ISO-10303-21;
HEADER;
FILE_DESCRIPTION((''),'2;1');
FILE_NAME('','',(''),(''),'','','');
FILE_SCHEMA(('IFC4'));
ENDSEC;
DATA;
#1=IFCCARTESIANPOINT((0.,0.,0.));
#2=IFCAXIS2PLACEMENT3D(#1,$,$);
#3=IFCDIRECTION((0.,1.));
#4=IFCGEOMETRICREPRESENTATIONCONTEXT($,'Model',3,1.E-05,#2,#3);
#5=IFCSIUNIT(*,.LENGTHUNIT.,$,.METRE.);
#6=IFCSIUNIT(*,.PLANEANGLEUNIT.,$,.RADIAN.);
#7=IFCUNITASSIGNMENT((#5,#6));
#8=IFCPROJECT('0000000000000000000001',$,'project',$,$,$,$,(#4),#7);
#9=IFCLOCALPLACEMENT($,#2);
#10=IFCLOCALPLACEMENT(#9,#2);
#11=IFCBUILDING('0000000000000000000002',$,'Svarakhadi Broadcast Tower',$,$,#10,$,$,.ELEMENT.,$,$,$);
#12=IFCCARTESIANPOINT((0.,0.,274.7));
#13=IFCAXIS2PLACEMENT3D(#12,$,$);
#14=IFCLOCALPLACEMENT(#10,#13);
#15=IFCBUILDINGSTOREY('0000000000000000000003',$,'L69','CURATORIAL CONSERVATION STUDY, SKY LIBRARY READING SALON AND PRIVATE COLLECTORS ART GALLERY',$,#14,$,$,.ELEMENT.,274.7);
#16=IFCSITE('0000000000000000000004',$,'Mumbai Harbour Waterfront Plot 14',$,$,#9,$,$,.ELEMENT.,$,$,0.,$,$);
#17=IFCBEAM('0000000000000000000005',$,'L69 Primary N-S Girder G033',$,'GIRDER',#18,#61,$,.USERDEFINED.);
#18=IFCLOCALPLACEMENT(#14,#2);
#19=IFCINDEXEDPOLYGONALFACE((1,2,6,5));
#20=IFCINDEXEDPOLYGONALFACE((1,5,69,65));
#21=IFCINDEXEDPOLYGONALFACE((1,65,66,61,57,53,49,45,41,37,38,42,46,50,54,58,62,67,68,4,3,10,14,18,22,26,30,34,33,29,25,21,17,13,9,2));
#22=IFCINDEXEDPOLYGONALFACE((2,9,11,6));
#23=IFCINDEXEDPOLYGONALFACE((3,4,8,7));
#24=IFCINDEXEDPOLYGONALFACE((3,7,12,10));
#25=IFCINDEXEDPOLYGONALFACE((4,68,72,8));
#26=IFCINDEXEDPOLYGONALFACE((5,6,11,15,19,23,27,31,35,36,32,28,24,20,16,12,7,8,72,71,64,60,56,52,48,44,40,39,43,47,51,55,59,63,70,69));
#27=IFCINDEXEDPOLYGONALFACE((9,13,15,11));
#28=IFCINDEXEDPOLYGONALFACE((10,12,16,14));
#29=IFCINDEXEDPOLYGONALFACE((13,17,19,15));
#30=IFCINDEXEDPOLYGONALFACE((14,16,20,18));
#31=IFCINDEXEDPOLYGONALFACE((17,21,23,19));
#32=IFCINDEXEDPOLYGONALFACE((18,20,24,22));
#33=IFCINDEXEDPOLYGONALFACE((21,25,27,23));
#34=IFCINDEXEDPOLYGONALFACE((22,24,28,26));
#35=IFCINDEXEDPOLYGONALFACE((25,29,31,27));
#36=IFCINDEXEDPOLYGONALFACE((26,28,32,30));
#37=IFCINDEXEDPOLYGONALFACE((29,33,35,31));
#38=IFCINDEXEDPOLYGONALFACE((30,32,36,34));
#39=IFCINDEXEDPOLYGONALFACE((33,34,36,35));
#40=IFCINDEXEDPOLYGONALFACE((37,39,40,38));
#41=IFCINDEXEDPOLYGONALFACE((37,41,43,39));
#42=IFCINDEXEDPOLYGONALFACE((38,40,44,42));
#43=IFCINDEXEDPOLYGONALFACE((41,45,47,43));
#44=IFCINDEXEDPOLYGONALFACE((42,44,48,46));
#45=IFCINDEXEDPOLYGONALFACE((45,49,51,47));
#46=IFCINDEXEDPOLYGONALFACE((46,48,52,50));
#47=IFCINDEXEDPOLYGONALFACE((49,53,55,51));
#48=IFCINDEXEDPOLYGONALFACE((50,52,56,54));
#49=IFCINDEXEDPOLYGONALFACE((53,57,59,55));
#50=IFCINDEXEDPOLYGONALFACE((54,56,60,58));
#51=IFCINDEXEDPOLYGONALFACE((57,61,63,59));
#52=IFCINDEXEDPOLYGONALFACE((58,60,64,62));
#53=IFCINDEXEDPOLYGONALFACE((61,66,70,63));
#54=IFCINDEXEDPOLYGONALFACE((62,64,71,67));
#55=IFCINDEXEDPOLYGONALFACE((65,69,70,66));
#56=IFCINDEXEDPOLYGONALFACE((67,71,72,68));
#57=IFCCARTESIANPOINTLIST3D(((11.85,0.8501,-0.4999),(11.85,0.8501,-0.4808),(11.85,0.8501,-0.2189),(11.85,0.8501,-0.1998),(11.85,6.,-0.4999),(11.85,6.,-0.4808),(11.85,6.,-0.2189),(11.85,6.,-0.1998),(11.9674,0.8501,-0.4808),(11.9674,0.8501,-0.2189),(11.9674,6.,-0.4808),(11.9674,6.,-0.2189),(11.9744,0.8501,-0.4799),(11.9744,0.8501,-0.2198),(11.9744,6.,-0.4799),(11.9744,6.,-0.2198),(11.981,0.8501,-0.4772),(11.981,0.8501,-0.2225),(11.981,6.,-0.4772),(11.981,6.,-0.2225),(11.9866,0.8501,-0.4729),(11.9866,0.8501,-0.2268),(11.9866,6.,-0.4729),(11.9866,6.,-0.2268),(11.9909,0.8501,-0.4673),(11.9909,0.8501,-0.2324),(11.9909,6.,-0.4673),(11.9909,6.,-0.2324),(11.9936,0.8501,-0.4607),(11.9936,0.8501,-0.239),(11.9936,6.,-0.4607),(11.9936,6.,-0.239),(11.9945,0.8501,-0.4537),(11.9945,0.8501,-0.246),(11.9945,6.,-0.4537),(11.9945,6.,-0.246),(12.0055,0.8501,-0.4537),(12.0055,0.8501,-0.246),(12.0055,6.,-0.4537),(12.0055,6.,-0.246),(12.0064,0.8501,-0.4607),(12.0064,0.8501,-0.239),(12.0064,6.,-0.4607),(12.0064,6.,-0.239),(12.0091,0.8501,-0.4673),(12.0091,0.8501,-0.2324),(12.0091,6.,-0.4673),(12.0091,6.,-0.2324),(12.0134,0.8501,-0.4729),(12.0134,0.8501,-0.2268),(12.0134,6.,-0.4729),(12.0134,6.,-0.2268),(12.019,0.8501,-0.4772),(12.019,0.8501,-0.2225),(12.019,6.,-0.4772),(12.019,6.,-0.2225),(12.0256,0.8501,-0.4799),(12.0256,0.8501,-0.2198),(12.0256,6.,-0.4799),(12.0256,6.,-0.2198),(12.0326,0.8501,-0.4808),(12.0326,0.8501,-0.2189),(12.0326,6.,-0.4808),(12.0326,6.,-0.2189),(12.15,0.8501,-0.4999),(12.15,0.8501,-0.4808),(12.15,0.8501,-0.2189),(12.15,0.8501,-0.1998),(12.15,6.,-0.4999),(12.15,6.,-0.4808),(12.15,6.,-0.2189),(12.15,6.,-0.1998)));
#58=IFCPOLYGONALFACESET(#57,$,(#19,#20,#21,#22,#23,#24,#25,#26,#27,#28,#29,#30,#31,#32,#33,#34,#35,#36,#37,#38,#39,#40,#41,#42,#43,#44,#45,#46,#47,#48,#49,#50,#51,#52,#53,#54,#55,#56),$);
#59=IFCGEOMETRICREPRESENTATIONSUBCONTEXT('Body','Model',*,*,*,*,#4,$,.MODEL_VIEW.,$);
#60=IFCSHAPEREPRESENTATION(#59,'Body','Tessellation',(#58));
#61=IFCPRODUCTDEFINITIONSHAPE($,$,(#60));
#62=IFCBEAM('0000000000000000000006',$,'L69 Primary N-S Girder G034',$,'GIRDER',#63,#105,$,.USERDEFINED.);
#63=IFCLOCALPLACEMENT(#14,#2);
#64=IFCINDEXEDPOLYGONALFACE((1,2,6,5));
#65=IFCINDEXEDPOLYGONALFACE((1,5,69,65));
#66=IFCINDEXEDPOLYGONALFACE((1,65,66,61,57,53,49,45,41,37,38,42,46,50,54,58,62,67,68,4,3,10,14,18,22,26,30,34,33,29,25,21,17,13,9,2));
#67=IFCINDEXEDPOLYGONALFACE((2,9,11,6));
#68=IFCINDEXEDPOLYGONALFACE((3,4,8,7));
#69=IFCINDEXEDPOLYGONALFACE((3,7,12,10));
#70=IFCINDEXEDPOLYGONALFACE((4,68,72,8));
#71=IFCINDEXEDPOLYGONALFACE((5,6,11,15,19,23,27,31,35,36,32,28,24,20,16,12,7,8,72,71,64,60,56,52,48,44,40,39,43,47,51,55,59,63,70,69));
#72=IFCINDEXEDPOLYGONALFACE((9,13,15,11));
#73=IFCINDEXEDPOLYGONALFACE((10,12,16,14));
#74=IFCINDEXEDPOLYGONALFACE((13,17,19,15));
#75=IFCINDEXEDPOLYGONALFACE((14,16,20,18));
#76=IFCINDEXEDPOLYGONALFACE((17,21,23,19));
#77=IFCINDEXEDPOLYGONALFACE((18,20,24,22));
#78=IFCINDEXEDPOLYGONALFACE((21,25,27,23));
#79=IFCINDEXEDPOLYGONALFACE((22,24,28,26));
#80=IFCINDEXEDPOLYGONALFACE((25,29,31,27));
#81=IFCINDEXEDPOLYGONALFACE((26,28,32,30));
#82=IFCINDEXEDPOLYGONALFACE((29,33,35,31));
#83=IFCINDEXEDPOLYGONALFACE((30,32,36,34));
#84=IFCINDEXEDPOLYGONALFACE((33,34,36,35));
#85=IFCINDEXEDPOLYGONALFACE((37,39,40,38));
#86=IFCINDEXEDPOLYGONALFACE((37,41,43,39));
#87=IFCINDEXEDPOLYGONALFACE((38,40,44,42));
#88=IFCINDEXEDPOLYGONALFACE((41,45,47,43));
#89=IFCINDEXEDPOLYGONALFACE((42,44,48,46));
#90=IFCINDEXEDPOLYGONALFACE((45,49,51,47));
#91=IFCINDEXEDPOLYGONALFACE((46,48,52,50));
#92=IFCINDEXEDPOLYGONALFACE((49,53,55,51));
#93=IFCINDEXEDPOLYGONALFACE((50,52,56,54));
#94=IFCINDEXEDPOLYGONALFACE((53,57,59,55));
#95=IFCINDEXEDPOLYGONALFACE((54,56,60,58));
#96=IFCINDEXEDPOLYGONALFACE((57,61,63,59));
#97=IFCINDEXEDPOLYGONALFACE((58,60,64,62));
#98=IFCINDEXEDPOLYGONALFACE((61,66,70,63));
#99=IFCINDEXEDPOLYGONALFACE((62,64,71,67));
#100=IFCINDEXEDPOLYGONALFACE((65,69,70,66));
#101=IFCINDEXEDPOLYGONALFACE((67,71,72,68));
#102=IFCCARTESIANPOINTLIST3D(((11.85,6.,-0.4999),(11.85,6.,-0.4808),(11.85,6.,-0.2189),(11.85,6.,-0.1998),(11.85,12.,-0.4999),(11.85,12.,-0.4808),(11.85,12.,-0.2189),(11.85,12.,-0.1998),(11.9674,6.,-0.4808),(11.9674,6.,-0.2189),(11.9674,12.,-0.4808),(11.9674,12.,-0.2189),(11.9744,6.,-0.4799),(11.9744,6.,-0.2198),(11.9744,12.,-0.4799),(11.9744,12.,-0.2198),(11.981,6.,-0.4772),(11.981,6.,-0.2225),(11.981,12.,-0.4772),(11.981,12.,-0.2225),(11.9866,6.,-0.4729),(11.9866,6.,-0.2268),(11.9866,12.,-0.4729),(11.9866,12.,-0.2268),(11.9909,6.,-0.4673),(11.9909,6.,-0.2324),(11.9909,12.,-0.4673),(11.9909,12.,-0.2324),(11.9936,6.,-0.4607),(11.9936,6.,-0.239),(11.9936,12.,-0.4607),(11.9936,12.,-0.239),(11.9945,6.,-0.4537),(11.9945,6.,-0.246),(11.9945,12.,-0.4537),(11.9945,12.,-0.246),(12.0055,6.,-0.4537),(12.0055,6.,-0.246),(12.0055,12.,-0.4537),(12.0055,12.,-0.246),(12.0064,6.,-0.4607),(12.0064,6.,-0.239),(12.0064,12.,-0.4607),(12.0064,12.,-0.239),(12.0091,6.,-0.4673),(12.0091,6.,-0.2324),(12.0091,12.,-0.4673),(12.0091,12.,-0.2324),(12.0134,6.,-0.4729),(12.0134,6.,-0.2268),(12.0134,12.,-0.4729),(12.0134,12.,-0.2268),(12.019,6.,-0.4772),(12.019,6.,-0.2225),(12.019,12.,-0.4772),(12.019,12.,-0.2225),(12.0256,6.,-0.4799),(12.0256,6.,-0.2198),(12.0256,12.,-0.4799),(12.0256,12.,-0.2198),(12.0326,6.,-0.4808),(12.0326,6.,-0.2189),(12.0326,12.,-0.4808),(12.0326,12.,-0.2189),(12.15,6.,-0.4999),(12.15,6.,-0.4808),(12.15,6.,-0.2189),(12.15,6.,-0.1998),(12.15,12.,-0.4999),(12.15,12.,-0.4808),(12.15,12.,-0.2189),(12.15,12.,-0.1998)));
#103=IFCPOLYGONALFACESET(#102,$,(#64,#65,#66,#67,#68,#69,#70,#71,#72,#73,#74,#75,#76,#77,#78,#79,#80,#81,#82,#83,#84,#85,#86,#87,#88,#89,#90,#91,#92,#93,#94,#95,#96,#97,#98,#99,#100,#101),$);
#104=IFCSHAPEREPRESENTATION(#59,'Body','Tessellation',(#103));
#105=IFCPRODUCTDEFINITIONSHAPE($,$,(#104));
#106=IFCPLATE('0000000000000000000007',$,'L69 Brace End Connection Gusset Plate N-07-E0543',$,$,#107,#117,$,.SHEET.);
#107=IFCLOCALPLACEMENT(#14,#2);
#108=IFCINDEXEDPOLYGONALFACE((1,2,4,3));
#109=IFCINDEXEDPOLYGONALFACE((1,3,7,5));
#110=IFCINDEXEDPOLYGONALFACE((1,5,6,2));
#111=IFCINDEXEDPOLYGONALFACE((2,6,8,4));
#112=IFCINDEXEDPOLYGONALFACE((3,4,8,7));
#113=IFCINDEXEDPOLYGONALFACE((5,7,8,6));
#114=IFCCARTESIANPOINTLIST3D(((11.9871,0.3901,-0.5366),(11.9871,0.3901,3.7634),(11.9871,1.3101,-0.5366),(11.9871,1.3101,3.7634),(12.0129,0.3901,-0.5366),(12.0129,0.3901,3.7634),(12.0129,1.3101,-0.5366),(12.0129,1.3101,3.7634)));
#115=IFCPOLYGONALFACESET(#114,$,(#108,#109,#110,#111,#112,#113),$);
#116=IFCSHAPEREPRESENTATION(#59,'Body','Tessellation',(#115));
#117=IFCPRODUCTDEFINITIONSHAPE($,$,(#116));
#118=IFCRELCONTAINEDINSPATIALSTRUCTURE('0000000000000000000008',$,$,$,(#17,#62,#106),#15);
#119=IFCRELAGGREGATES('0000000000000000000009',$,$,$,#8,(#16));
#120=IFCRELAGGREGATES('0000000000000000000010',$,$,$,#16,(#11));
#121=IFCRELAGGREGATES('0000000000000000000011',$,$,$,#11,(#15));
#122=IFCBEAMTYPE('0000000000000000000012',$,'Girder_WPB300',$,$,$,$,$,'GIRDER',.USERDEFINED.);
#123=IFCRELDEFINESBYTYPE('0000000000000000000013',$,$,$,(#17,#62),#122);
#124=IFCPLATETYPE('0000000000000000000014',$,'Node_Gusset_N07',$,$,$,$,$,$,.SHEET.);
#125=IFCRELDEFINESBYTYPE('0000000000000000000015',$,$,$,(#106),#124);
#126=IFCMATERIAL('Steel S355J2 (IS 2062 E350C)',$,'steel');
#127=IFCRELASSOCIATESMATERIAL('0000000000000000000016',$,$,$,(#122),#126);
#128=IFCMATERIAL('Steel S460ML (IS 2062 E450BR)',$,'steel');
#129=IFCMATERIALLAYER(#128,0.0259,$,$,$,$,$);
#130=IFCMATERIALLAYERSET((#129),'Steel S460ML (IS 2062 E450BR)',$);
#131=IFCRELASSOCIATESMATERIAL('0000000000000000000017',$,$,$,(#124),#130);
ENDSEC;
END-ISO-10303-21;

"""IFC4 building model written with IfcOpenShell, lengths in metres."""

from ifc_helpers import new_model, si_unit, direction, frame, origin, origin_2d, place, context, subcontext, project, spatial, rectangle, i_section, extrude, material, layer, layer_set, material_profile, profile_set, type_object, element, save


model = new_model("IFC4")

# Units and contexts
model_context = context("Model", 3, precision=1e-05, world=origin(), true_north=direction((0.0, 1.0)))
body_context = subcontext(model_context, "Body", "Model", "MODEL_VIEW")
ifc_project = project(units=[si_unit("LENGTHUNIT", "METRE"), si_unit("PLANEANGLEUNIT", "RADIAN")], contexts=[model_context])

# Site, building, storey
site_placement = place(None, origin())
site = spatial("IfcSite", under=ifc_project, at=site_placement, Name="Mumbai Harbour Waterfront Plot 14", CompositionType="ELEMENT", RefElevation=0.0)
building_placement = place(site_placement, origin())
building = spatial("IfcBuilding", under=site, at=building_placement, Name="Svarakhadi Broadcast Tower", CompositionType="ELEMENT")
storey_placement = place(building_placement, frame((0.0, 0.0, 274.7)))
storey = spatial("IfcBuildingStorey", under=building, at=storey_placement, Name="L69", Description="CURATORIAL CONSERVATION STUDY, SKY LIBRARY READING SALON AND PRIVATE COLLECTORS ART GALLERY", CompositionType="ELEMENT", Elevation=274.7)

# Shared definitions
ifc_material_1 = material(Name="Steel S460ML (IS 2062 E450BR)", Category="steel")

# Beams
ifc_material_2 = material(Name="Steel S355J2 (IS 2062 E350C)", Category="steel")
ifc_material_profile_1 = material_profile(ifc_material_2, i_section(OverallWidth=0.3, OverallDepth=0.3, WebThickness=0.011, FlangeThickness=0.019, FilletRadius=0.0271, at=origin_2d()), Name="WPB 300x300x117")
ifc_profile_set_1 = profile_set([ifc_material_profile_1], Name="Steel S355J2 (IS 2062 E350C)")
beam_type_1 = type_object("IfcBeamType", Name="Girder_WPB300", ElementType="GIRDER", PredefinedType="USERDEFINED", material=ifc_profile_set_1)
beam_1_placement = place(storey_placement, frame((12.0, 0.8501, -0.3499), z_axis=(0.0, 1.0, 0.0), x_axis=(-1.0, 0.0, 0.0)))
element("IfcBeam", 1, at=beam_1_placement, inside=storey, type_object=beam_type_1, Name="L69 Primary N-S Girder G033", ObjectType="GIRDER", PredefinedType="USERDEFINED", context=body_context, shape_type="SweptSolid", body=[
    extrude(i_section(OverallWidth=0.3, OverallDepth=0.3, WebThickness=0.011, FlangeThickness=0.019, FilletRadius=0.0271, at=origin_2d()), origin(), (0.0, 0.0, 1.0), 5.1499),
])
beam_2_placement = place(storey_placement, frame((12.0, 6.0, -0.3499), z_axis=(0.0, 1.0, 0.0), x_axis=(-1.0, 0.0, 0.0)))
element("IfcBeam", 2, at=beam_2_placement, inside=storey, type_object=beam_type_1, Name="L69 Primary N-S Girder G034", ObjectType="GIRDER", PredefinedType="USERDEFINED", context=body_context, shape_type="SweptSolid", body=[
    extrude(i_section(OverallWidth=0.3, OverallDepth=0.3, WebThickness=0.011, FlangeThickness=0.019, FilletRadius=0.0271, at=origin_2d()), origin(), (0.0, 0.0, 1.0), 6.0),
])

# Plate
ifc_layer_1 = layer(ifc_material_1, 0.0259)
ifc_layer_set_1 = layer_set([ifc_layer_1], Name="Steel S460ML (IS 2062 E450BR)")
plate_type = type_object("IfcPlateType", Name="Node_Gusset_N07", PredefinedType="SHEET", material=ifc_layer_set_1)
plate_placement = place(storey_placement, frame((12.0, 0.8501, -0.5366), z_axis=(0.0, 0.0, 1.0), x_axis=(0.0, 1.0, 0.0)))
element("IfcPlate", 3, at=plate_placement, inside=storey, type_object=plate_type, Name="L69 Brace End Connection Gusset Plate N-07-E0543", PredefinedType="SHEET", context=body_context, shape_type="SweptSolid", body=[
    extrude(rectangle(XDim=0.9199, YDim=0.0259, at=origin_2d()), origin(), (0.0, 0.0, 1.0), 4.3),
])

save(model, "model.ifc")
